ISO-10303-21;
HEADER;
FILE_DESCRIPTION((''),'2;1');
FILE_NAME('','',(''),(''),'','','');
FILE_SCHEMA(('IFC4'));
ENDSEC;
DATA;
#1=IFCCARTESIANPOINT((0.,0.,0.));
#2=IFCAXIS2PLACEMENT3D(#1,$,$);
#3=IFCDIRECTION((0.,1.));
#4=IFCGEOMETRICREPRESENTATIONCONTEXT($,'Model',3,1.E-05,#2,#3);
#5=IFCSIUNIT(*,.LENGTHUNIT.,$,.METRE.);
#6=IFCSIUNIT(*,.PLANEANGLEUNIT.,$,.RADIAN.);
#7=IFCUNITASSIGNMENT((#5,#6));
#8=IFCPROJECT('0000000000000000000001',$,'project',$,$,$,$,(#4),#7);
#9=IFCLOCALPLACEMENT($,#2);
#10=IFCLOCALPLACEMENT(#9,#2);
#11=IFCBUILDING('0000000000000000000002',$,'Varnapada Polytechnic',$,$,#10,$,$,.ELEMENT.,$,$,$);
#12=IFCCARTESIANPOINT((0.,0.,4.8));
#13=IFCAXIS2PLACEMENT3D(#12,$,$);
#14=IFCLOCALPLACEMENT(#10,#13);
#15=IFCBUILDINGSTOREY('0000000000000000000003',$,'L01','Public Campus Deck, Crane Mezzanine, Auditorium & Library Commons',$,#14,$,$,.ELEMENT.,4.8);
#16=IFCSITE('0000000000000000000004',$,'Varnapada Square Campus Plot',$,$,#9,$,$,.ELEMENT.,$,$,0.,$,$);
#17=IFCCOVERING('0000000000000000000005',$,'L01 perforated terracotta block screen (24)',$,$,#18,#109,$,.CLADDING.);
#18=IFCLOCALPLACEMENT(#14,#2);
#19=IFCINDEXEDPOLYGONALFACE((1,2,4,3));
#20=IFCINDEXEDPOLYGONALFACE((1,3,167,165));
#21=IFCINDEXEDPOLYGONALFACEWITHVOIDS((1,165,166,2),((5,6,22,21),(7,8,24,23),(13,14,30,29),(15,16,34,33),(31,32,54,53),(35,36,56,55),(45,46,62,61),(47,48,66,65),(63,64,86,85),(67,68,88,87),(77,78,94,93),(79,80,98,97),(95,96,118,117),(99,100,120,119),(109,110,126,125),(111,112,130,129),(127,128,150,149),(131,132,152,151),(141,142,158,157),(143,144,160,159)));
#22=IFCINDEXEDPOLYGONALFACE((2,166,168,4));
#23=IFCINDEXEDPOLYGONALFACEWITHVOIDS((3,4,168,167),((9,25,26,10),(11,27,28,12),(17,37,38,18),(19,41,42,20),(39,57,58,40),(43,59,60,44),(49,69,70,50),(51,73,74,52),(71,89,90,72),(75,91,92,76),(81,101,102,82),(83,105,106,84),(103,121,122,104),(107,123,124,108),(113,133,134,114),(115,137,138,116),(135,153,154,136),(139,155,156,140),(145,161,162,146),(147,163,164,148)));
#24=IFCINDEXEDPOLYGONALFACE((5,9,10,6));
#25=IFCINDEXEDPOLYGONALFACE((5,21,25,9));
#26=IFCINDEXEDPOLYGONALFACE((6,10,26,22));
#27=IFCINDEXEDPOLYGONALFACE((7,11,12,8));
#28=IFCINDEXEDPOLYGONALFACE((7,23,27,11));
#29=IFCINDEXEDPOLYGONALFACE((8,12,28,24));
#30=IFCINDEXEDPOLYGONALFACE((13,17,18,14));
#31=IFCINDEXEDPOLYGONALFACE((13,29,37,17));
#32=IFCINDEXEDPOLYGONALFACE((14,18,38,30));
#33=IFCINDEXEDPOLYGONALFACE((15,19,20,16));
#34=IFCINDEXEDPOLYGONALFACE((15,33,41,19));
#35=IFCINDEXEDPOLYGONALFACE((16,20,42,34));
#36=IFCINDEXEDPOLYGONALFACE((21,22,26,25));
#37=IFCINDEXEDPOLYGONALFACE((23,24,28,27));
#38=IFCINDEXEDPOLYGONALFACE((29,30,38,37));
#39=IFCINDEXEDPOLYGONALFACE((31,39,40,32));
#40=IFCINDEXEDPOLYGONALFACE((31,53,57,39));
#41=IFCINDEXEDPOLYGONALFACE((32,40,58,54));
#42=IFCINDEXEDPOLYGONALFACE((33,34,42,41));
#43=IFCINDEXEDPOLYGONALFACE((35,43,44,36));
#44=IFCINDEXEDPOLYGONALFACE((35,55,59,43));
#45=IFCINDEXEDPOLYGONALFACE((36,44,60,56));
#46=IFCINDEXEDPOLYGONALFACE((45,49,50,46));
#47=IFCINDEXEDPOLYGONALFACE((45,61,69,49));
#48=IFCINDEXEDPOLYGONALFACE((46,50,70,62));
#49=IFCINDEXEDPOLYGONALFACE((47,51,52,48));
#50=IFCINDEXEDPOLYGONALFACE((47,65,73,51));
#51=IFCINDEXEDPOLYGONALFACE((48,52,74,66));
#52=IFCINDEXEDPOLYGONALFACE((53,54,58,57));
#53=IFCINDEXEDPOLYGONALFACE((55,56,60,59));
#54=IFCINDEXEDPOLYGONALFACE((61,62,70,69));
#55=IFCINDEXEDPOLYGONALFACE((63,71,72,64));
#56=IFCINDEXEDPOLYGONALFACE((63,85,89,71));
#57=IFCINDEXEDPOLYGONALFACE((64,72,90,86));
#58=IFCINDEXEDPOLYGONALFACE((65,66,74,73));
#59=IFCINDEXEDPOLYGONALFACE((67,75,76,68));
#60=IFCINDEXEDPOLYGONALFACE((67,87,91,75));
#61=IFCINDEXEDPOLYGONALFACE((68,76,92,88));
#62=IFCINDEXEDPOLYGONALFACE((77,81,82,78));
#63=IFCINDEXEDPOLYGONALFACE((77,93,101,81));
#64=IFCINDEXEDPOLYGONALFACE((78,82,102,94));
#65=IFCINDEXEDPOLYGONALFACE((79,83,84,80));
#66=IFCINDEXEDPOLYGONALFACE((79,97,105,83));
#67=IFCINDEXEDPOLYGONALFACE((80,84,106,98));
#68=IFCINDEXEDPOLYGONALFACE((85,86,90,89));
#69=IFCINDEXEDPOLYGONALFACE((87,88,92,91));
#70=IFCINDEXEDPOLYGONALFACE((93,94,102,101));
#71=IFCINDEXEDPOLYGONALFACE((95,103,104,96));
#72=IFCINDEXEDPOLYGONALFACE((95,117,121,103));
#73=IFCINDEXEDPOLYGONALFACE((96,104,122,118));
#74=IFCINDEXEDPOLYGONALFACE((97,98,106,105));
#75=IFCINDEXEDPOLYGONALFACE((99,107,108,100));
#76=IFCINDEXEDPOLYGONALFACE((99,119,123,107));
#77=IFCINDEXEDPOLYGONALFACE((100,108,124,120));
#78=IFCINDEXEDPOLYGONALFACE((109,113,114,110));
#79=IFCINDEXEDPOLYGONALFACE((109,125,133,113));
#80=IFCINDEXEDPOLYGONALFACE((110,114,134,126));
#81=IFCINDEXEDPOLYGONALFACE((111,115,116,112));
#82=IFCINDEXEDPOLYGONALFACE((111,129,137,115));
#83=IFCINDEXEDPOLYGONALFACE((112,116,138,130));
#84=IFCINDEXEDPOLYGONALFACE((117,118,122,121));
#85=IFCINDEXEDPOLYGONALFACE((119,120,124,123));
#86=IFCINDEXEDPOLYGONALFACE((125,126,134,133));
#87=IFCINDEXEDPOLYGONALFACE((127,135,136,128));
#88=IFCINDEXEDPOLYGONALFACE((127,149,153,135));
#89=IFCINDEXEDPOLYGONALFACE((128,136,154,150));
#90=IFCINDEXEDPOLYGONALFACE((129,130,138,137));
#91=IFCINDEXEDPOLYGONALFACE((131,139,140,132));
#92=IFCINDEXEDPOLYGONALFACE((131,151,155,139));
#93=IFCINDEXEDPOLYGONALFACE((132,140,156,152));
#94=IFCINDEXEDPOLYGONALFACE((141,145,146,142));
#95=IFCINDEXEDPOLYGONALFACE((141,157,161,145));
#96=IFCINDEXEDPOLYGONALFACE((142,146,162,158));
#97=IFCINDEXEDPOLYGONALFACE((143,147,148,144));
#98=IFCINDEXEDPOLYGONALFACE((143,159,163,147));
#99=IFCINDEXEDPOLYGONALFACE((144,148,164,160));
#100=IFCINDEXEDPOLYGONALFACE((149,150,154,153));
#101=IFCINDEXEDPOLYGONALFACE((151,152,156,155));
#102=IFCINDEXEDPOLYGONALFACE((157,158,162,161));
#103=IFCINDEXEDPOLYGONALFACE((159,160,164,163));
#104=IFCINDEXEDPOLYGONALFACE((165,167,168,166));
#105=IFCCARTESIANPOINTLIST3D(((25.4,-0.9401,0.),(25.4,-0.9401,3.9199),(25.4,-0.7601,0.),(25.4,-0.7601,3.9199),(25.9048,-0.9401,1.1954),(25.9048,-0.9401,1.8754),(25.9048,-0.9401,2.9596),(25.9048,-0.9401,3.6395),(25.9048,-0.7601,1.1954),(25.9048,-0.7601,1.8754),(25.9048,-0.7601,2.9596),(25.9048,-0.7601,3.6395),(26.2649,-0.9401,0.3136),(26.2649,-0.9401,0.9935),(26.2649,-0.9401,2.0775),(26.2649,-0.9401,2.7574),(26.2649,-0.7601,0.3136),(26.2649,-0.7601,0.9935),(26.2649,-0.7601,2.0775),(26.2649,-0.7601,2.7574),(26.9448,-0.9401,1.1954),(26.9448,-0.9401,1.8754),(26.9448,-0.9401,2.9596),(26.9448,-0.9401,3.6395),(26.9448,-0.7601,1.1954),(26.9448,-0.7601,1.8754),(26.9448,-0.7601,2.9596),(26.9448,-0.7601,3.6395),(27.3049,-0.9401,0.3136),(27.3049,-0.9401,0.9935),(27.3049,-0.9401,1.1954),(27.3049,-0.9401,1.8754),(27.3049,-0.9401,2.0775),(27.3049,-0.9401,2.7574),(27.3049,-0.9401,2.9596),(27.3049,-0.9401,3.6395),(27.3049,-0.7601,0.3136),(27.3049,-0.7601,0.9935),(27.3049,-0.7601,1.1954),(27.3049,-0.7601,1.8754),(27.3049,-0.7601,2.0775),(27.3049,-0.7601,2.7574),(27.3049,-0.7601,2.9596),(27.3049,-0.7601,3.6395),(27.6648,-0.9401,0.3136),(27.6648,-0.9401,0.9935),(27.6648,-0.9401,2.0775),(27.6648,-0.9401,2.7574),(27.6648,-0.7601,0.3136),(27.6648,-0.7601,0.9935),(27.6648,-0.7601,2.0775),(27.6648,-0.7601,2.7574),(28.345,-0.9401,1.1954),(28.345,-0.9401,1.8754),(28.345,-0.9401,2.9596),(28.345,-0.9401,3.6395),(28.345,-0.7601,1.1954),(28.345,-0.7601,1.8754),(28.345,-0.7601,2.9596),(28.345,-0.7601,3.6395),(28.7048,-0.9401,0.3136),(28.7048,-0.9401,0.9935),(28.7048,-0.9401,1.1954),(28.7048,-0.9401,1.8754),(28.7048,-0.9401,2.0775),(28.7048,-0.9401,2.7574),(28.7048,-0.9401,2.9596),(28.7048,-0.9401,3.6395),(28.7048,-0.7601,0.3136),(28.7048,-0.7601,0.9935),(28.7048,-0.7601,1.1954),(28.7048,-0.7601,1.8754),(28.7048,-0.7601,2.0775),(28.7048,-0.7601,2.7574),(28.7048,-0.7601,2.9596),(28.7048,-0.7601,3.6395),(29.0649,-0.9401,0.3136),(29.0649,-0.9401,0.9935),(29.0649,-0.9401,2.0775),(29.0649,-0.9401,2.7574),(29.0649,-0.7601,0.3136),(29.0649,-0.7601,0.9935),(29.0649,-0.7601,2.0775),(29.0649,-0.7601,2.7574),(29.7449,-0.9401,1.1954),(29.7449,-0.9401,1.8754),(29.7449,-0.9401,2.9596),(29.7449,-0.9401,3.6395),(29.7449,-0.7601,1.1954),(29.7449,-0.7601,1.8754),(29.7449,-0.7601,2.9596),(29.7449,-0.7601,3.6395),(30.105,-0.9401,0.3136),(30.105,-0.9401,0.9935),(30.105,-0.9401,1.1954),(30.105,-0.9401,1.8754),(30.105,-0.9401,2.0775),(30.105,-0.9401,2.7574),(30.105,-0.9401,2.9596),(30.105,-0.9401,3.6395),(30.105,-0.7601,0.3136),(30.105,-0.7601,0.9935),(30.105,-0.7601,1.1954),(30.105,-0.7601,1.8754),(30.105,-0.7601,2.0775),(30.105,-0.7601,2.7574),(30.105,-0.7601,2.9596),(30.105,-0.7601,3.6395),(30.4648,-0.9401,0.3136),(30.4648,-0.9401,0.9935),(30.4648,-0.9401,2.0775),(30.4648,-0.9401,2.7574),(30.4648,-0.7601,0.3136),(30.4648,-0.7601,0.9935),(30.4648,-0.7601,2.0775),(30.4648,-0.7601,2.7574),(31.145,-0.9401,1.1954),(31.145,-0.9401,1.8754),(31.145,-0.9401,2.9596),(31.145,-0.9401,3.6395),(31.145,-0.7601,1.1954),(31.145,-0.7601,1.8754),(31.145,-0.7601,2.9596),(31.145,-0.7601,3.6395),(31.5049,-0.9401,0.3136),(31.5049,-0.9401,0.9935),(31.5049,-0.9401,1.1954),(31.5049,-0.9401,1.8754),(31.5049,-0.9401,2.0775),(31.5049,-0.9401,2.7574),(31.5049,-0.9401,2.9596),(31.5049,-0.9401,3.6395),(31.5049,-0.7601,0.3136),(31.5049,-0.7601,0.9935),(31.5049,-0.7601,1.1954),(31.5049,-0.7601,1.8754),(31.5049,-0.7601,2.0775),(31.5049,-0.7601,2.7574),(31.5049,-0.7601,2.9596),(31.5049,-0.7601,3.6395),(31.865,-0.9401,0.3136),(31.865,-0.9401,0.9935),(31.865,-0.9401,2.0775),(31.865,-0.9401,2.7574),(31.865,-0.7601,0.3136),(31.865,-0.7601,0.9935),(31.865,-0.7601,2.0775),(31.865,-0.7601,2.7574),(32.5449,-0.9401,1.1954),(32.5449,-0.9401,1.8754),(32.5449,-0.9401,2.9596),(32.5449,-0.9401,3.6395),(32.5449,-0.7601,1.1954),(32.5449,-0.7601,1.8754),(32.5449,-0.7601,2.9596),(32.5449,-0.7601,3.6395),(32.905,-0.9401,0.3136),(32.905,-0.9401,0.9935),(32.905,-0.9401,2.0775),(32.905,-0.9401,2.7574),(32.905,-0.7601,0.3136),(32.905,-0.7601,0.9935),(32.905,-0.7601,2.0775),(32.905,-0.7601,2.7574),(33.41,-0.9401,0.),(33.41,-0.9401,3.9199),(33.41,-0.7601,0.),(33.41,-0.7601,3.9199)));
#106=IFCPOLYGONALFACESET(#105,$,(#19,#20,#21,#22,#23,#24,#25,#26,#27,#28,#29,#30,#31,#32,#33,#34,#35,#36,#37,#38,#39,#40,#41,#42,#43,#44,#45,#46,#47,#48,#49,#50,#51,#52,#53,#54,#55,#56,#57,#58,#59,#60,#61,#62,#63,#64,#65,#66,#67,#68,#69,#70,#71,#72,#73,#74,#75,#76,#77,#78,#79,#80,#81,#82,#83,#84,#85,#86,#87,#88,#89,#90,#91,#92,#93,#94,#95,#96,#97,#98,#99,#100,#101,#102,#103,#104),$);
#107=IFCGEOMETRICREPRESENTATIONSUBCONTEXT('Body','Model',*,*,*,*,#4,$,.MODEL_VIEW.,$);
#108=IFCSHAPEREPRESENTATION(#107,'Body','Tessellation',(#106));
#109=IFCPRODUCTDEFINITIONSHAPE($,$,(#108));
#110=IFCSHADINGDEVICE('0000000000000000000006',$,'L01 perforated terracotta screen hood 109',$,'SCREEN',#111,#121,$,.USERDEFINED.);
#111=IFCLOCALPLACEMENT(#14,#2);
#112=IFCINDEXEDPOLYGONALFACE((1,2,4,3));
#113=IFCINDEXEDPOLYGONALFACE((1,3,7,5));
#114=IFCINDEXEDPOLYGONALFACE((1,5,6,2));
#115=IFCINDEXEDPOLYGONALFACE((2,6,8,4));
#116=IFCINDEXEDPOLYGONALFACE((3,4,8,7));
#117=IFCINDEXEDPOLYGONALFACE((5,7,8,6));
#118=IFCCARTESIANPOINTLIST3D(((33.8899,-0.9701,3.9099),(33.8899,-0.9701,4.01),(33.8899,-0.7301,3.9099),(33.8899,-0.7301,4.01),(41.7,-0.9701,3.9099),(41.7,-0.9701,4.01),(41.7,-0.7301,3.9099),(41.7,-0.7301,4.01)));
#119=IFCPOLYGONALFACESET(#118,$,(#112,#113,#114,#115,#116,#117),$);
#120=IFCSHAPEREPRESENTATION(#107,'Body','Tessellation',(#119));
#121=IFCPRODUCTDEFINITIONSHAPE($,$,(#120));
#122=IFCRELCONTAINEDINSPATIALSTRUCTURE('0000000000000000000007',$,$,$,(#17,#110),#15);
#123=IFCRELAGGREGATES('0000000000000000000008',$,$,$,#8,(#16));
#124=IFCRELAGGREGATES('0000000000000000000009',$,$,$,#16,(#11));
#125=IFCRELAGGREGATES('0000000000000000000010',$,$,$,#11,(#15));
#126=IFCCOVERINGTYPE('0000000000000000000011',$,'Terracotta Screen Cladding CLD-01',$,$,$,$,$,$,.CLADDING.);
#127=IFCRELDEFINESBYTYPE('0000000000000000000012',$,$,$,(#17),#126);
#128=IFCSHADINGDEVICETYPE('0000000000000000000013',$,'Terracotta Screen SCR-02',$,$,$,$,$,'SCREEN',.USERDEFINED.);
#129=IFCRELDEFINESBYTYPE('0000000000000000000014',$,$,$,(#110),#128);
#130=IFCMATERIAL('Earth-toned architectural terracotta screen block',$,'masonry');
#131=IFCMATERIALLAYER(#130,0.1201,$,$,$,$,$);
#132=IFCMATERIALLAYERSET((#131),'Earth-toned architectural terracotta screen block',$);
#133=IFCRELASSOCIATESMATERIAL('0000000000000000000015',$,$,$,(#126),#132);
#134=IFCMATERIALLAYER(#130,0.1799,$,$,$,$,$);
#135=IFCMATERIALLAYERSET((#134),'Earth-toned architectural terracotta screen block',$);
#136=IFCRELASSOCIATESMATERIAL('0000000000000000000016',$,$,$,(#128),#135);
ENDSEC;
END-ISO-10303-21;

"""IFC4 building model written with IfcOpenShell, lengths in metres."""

from ifc_helpers import new_model, si_unit, direction, frame, frame_2d, origin, origin_2d, place, context, subcontext, project, spatial, rectangle, extrude, material, layer, layer_set, type_object, element, save


model = new_model("IFC4")

# Units and contexts
model_context = context("Model", 3, precision=1e-05, world=origin(), true_north=direction((0.0, 1.0)))
body_context = subcontext(model_context, "Body", "Model", "MODEL_VIEW")
ifc_project = project(units=[si_unit("LENGTHUNIT", "METRE"), si_unit("PLANEANGLEUNIT", "RADIAN")], contexts=[model_context])

# Site, building, storey
site_placement = place(None, origin())
site = spatial("IfcSite", under=ifc_project, at=site_placement, Name="Varnapada Square Campus Plot", CompositionType="ELEMENT", RefElevation=0.0)
building_placement = place(site_placement, origin())
building = spatial("IfcBuilding", under=site, at=building_placement, Name="Varnapada Polytechnic", CompositionType="ELEMENT")
storey_placement = place(building_placement, frame((0.0, 0.0, 4.8)))
storey = spatial("IfcBuildingStorey", under=building, at=storey_placement, Name="L01", Description="Public Campus Deck, Crane Mezzanine, Auditorium & Library Commons", CompositionType="ELEMENT", Elevation=4.8)

# Covering, openings
ifc_material_1 = material(Name="Earth-toned architectural terracotta screen block", Category="masonry")
ifc_layer_1 = layer(ifc_material_1, 0.1201)
ifc_layer_set_1 = layer_set([ifc_layer_1], Name="Earth-toned architectural terracotta screen block")
covering_type = type_object("IfcCoveringType", Name="Terracotta Screen Cladding CLD-01", PredefinedType="CLADDING", material=ifc_layer_set_1)
covering_placement = place(storey_placement, frame((33.4099, -0.8501, 0.0), z_axis=(0.0, 0.0, 1.0), x_axis=(-1.0, 0.0, 0.0)))
covering = element("IfcCovering", 1, at=covering_placement, inside=storey, type_object=covering_type, Name="L01 perforated terracotta block screen (24)", PredefinedType="CLADDING", context=body_context, shape_type="SweptSolid", body=[
    extrude(rectangle(XDim=8.01, YDim=0.1799, at=frame_2d((4.0049, 0.0))), origin(), (0.0, 0.0, 1.0), 3.9199),
])
opening_1_placement = place(covering_placement, frame((0.5049, 0.0, 0.3137)))
element("IfcOpeningElement", 2, at=opening_1_placement, cuts=covering, PredefinedType="OPENING", context=body_context, shape_type="SweptSolid", body=[
    extrude(rectangle(XDim=1.04, YDim=0.6799, at=frame_2d((0.52, 0.3398))), frame((0.0, 0.0999, 0.0), z_axis=(0.0, -1.0, 0.0), x_axis=(1.0, 0.0, 0.0)), (0.0, 0.0, 1.0), 0.2),
])
opening_2_placement = place(covering_placement, frame((1.905, 0.0, 0.3137)))
element("IfcOpeningElement", 3, at=opening_2_placement, cuts=covering, PredefinedType="OPENING", context=body_context, shape_type="SweptSolid", body=[
    extrude(rectangle(XDim=1.04, YDim=0.6799, at=frame_2d((0.52, 0.3398))), frame((0.0, 0.0999, 0.0), z_axis=(0.0, -1.0, 0.0), x_axis=(1.0, 0.0, 0.0)), (0.0, 0.0, 1.0), 0.2),
])
opening_3_placement = place(covering_placement, frame((3.3049, 0.0, 0.3137)))
element("IfcOpeningElement", 4, at=opening_3_placement, cuts=covering, PredefinedType="OPENING", context=body_context, shape_type="SweptSolid", body=[
    extrude(rectangle(XDim=1.04, YDim=0.6799, at=frame_2d((0.52, 0.3398))), frame((0.0, 0.0999, 0.0), z_axis=(0.0, -1.0, 0.0), x_axis=(1.0, 0.0, 0.0)), (0.0, 0.0, 1.0), 0.2),
])
opening_4_placement = place(covering_placement, frame((4.7051, 0.0, 0.3137)))
element("IfcOpeningElement", 5, at=opening_4_placement, cuts=covering, PredefinedType="OPENING", context=body_context, shape_type="SweptSolid", body=[
    extrude(rectangle(XDim=1.04, YDim=0.6799, at=frame_2d((0.52, 0.3398))), frame((0.0, 0.0999, 0.0), z_axis=(0.0, -1.0, 0.0), x_axis=(1.0, 0.0, 0.0)), (0.0, 0.0, 1.0), 0.2),
])
opening_5_placement = place(covering_placement, frame((6.105, 0.0, 0.3137)))
element("IfcOpeningElement", 6, at=opening_5_placement, cuts=covering, PredefinedType="OPENING", context=body_context, shape_type="SweptSolid", body=[
    extrude(rectangle(XDim=1.04, YDim=0.6799, at=frame_2d((0.52, 0.3398))), frame((0.0, 0.0999, 0.0), z_axis=(0.0, -1.0, 0.0), x_axis=(1.0, 0.0, 0.0)), (0.0, 0.0, 1.0), 0.2),
])
opening_6_placement = place(covering_placement, frame((0.865, 0.0, 1.1956)))
element("IfcOpeningElement", 7, at=opening_6_placement, cuts=covering, PredefinedType="OPENING", context=body_context, shape_type="SweptSolid", body=[
    extrude(rectangle(XDim=1.04, YDim=0.6799, at=frame_2d((0.52, 0.3398))), frame((0.0, 0.0999, 0.0), z_axis=(0.0, -1.0, 0.0), x_axis=(1.0, 0.0, 0.0)), (0.0, 0.0, 1.0), 0.2),
])
opening_7_placement = place(covering_placement, frame((2.2649, 0.0, 1.1956)))
element("IfcOpeningElement", 8, at=opening_7_placement, cuts=covering, PredefinedType="OPENING", context=body_context, shape_type="SweptSolid", body=[
    extrude(rectangle(XDim=1.04, YDim=0.6799, at=frame_2d((0.52, 0.3398))), frame((0.0, 0.0999, 0.0), z_axis=(0.0, -1.0, 0.0), x_axis=(1.0, 0.0, 0.0)), (0.0, 0.0, 1.0), 0.2),
])
opening_8_placement = place(covering_placement, frame((3.665, 0.0, 1.1956)))
element("IfcOpeningElement", 9, at=opening_8_placement, cuts=covering, PredefinedType="OPENING", context=body_context, shape_type="SweptSolid", body=[
    extrude(rectangle(XDim=1.04, YDim=0.6799, at=frame_2d((0.52, 0.3398))), frame((0.0, 0.0999, 0.0), z_axis=(0.0, -1.0, 0.0), x_axis=(1.0, 0.0, 0.0)), (0.0, 0.0, 1.0), 0.2),
])
opening_9_placement = place(covering_placement, frame((5.0649, 0.0, 1.1956)))
element("IfcOpeningElement", 10, at=opening_9_placement, cuts=covering, PredefinedType="OPENING", context=body_context, shape_type="SweptSolid", body=[
    extrude(rectangle(XDim=1.04, YDim=0.6799, at=frame_2d((0.52, 0.3398))), frame((0.0, 0.0999, 0.0), z_axis=(0.0, -1.0, 0.0), x_axis=(1.0, 0.0, 0.0)), (0.0, 0.0, 1.0), 0.2),
])
opening_10_placement = place(covering_placement, frame((6.4651, 0.0, 1.1956)))
element("IfcOpeningElement", 11, at=opening_10_placement, cuts=covering, PredefinedType="OPENING", context=body_context, shape_type="SweptSolid", body=[
    extrude(rectangle(XDim=1.04, YDim=0.6799, at=frame_2d((0.52, 0.3398))), frame((0.0, 0.0999, 0.0), z_axis=(0.0, -1.0, 0.0), x_axis=(1.0, 0.0, 0.0)), (0.0, 0.0, 1.0), 0.2),
])
opening_11_placement = place(covering_placement, frame((0.5049, 0.0, 2.0776)))
element("IfcOpeningElement", 12, at=opening_11_placement, cuts=covering, PredefinedType="OPENING", context=body_context, shape_type="SweptSolid", body=[
    extrude(rectangle(XDim=1.04, YDim=0.6799, at=frame_2d((0.52, 0.3398))), frame((0.0, 0.0999, 0.0), z_axis=(0.0, -1.0, 0.0), x_axis=(1.0, 0.0, 0.0)), (0.0, 0.0, 1.0), 0.2),
])
opening_12_placement = place(covering_placement, frame((1.905, 0.0, 2.0776)))
element("IfcOpeningElement", 13, at=opening_12_placement, cuts=covering, PredefinedType="OPENING", context=body_context, shape_type="SweptSolid", body=[
    extrude(rectangle(XDim=1.04, YDim=0.6799, at=frame_2d((0.52, 0.3398))), frame((0.0, 0.0999, 0.0), z_axis=(0.0, -1.0, 0.0), x_axis=(1.0, 0.0, 0.0)), (0.0, 0.0, 1.0), 0.2),
])
opening_13_placement = place(covering_placement, frame((3.3049, 0.0, 2.0776)))
element("IfcOpeningElement", 14, at=opening_13_placement, cuts=covering, PredefinedType="OPENING", context=body_context, shape_type="SweptSolid", body=[
    extrude(rectangle(XDim=1.04, YDim=0.6799, at=frame_2d((0.52, 0.3398))), frame((0.0, 0.0999, 0.0), z_axis=(0.0, -1.0, 0.0), x_axis=(1.0, 0.0, 0.0)), (0.0, 0.0, 1.0), 0.2),
])
opening_14_placement = place(covering_placement, frame((4.7051, 0.0, 2.0776)))
element("IfcOpeningElement", 15, at=opening_14_placement, cuts=covering, PredefinedType="OPENING", context=body_context, shape_type="SweptSolid", body=[
    extrude(rectangle(XDim=1.04, YDim=0.6799, at=frame_2d((0.52, 0.3398))), frame((0.0, 0.0999, 0.0), z_axis=(0.0, -1.0, 0.0), x_axis=(1.0, 0.0, 0.0)), (0.0, 0.0, 1.0), 0.2),
])
opening_15_placement = place(covering_placement, frame((6.105, 0.0, 2.0776)))
element("IfcOpeningElement", 16, at=opening_15_placement, cuts=covering, PredefinedType="OPENING", context=body_context, shape_type="SweptSolid", body=[
    extrude(rectangle(XDim=1.04, YDim=0.6799, at=frame_2d((0.52, 0.3398))), frame((0.0, 0.0999, 0.0), z_axis=(0.0, -1.0, 0.0), x_axis=(1.0, 0.0, 0.0)), (0.0, 0.0, 1.0), 0.2),
])
opening_16_placement = place(covering_placement, frame((0.865, 0.0, 2.9597)))
element("IfcOpeningElement", 17, at=opening_16_placement, cuts=covering, PredefinedType="OPENING", context=body_context, shape_type="SweptSolid", body=[
    extrude(rectangle(XDim=1.04, YDim=0.6799, at=frame_2d((0.52, 0.3398))), frame((0.0, 0.0999, 0.0), z_axis=(0.0, -1.0, 0.0), x_axis=(1.0, 0.0, 0.0)), (0.0, 0.0, 1.0), 0.2),
])
opening_17_placement = place(covering_placement, frame((2.2649, 0.0, 2.9597)))
element("IfcOpeningElement", 18, at=opening_17_placement, cuts=covering, PredefinedType="OPENING", context=body_context, shape_type="SweptSolid", body=[
    extrude(rectangle(XDim=1.04, YDim=0.6799, at=frame_2d((0.52, 0.3398))), frame((0.0, 0.0999, 0.0), z_axis=(0.0, -1.0, 0.0), x_axis=(1.0, 0.0, 0.0)), (0.0, 0.0, 1.0), 0.2),
])
opening_18_placement = place(covering_placement, frame((3.665, 0.0, 2.9597)))
element("IfcOpeningElement", 19, at=opening_18_placement, cuts=covering, PredefinedType="OPENING", context=body_context, shape_type="SweptSolid", body=[
    extrude(rectangle(XDim=1.04, YDim=0.6799, at=frame_2d((0.52, 0.3398))), frame((0.0, 0.0999, 0.0), z_axis=(0.0, -1.0, 0.0), x_axis=(1.0, 0.0, 0.0)), (0.0, 0.0, 1.0), 0.2),
])
opening_19_placement = place(covering_placement, frame((5.0649, 0.0, 2.9597)))
element("IfcOpeningElement", 20, at=opening_19_placement, cuts=covering, PredefinedType="OPENING", context=body_context, shape_type="SweptSolid", body=[
    extrude(rectangle(XDim=1.04, YDim=0.6799, at=frame_2d((0.52, 0.3398))), frame((0.0, 0.0999, 0.0), z_axis=(0.0, -1.0, 0.0), x_axis=(1.0, 0.0, 0.0)), (0.0, 0.0, 1.0), 0.2),
])
opening_20_placement = place(covering_placement, frame((6.4651, 0.0, 2.9597)))
element("IfcOpeningElement", 21, at=opening_20_placement, cuts=covering, PredefinedType="OPENING", context=body_context, shape_type="SweptSolid", body=[
    extrude(rectangle(XDim=1.04, YDim=0.6799, at=frame_2d((0.52, 0.3398))), frame((0.0, 0.0999, 0.0), z_axis=(0.0, -1.0, 0.0), x_axis=(1.0, 0.0, 0.0)), (0.0, 0.0, 1.0), 0.2),
])

# Shading device
ifc_layer_2 = layer(ifc_material_1, 0.1799)
ifc_layer_set_2 = layer_set([ifc_layer_2], Name="Earth-toned architectural terracotta screen block")
shading_device_type = type_object("IfcShadingDeviceType", Name="Terracotta Screen SCR-02", ElementType="SCREEN", PredefinedType="USERDEFINED", material=ifc_layer_set_2)
shading_device_placement = place(storey_placement, frame((37.7949, -0.8501, 3.9099), z_axis=(0.0, 0.0, 1.0), x_axis=(-1.0, 0.0, 0.0)))
element("IfcShadingDevice", 22, at=shading_device_placement, inside=storey, type_object=shading_device_type, Name="L01 perforated terracotta screen hood 109", ObjectType="SCREEN", PredefinedType="USERDEFINED", context=body_context, shape_type="SweptSolid", body=[
    extrude(rectangle(XDim=7.8101, YDim=0.24, at=origin_2d()), origin(), (0.0, 0.0, 1.0), 0.1001),
])

save(model, "model.ifc")
